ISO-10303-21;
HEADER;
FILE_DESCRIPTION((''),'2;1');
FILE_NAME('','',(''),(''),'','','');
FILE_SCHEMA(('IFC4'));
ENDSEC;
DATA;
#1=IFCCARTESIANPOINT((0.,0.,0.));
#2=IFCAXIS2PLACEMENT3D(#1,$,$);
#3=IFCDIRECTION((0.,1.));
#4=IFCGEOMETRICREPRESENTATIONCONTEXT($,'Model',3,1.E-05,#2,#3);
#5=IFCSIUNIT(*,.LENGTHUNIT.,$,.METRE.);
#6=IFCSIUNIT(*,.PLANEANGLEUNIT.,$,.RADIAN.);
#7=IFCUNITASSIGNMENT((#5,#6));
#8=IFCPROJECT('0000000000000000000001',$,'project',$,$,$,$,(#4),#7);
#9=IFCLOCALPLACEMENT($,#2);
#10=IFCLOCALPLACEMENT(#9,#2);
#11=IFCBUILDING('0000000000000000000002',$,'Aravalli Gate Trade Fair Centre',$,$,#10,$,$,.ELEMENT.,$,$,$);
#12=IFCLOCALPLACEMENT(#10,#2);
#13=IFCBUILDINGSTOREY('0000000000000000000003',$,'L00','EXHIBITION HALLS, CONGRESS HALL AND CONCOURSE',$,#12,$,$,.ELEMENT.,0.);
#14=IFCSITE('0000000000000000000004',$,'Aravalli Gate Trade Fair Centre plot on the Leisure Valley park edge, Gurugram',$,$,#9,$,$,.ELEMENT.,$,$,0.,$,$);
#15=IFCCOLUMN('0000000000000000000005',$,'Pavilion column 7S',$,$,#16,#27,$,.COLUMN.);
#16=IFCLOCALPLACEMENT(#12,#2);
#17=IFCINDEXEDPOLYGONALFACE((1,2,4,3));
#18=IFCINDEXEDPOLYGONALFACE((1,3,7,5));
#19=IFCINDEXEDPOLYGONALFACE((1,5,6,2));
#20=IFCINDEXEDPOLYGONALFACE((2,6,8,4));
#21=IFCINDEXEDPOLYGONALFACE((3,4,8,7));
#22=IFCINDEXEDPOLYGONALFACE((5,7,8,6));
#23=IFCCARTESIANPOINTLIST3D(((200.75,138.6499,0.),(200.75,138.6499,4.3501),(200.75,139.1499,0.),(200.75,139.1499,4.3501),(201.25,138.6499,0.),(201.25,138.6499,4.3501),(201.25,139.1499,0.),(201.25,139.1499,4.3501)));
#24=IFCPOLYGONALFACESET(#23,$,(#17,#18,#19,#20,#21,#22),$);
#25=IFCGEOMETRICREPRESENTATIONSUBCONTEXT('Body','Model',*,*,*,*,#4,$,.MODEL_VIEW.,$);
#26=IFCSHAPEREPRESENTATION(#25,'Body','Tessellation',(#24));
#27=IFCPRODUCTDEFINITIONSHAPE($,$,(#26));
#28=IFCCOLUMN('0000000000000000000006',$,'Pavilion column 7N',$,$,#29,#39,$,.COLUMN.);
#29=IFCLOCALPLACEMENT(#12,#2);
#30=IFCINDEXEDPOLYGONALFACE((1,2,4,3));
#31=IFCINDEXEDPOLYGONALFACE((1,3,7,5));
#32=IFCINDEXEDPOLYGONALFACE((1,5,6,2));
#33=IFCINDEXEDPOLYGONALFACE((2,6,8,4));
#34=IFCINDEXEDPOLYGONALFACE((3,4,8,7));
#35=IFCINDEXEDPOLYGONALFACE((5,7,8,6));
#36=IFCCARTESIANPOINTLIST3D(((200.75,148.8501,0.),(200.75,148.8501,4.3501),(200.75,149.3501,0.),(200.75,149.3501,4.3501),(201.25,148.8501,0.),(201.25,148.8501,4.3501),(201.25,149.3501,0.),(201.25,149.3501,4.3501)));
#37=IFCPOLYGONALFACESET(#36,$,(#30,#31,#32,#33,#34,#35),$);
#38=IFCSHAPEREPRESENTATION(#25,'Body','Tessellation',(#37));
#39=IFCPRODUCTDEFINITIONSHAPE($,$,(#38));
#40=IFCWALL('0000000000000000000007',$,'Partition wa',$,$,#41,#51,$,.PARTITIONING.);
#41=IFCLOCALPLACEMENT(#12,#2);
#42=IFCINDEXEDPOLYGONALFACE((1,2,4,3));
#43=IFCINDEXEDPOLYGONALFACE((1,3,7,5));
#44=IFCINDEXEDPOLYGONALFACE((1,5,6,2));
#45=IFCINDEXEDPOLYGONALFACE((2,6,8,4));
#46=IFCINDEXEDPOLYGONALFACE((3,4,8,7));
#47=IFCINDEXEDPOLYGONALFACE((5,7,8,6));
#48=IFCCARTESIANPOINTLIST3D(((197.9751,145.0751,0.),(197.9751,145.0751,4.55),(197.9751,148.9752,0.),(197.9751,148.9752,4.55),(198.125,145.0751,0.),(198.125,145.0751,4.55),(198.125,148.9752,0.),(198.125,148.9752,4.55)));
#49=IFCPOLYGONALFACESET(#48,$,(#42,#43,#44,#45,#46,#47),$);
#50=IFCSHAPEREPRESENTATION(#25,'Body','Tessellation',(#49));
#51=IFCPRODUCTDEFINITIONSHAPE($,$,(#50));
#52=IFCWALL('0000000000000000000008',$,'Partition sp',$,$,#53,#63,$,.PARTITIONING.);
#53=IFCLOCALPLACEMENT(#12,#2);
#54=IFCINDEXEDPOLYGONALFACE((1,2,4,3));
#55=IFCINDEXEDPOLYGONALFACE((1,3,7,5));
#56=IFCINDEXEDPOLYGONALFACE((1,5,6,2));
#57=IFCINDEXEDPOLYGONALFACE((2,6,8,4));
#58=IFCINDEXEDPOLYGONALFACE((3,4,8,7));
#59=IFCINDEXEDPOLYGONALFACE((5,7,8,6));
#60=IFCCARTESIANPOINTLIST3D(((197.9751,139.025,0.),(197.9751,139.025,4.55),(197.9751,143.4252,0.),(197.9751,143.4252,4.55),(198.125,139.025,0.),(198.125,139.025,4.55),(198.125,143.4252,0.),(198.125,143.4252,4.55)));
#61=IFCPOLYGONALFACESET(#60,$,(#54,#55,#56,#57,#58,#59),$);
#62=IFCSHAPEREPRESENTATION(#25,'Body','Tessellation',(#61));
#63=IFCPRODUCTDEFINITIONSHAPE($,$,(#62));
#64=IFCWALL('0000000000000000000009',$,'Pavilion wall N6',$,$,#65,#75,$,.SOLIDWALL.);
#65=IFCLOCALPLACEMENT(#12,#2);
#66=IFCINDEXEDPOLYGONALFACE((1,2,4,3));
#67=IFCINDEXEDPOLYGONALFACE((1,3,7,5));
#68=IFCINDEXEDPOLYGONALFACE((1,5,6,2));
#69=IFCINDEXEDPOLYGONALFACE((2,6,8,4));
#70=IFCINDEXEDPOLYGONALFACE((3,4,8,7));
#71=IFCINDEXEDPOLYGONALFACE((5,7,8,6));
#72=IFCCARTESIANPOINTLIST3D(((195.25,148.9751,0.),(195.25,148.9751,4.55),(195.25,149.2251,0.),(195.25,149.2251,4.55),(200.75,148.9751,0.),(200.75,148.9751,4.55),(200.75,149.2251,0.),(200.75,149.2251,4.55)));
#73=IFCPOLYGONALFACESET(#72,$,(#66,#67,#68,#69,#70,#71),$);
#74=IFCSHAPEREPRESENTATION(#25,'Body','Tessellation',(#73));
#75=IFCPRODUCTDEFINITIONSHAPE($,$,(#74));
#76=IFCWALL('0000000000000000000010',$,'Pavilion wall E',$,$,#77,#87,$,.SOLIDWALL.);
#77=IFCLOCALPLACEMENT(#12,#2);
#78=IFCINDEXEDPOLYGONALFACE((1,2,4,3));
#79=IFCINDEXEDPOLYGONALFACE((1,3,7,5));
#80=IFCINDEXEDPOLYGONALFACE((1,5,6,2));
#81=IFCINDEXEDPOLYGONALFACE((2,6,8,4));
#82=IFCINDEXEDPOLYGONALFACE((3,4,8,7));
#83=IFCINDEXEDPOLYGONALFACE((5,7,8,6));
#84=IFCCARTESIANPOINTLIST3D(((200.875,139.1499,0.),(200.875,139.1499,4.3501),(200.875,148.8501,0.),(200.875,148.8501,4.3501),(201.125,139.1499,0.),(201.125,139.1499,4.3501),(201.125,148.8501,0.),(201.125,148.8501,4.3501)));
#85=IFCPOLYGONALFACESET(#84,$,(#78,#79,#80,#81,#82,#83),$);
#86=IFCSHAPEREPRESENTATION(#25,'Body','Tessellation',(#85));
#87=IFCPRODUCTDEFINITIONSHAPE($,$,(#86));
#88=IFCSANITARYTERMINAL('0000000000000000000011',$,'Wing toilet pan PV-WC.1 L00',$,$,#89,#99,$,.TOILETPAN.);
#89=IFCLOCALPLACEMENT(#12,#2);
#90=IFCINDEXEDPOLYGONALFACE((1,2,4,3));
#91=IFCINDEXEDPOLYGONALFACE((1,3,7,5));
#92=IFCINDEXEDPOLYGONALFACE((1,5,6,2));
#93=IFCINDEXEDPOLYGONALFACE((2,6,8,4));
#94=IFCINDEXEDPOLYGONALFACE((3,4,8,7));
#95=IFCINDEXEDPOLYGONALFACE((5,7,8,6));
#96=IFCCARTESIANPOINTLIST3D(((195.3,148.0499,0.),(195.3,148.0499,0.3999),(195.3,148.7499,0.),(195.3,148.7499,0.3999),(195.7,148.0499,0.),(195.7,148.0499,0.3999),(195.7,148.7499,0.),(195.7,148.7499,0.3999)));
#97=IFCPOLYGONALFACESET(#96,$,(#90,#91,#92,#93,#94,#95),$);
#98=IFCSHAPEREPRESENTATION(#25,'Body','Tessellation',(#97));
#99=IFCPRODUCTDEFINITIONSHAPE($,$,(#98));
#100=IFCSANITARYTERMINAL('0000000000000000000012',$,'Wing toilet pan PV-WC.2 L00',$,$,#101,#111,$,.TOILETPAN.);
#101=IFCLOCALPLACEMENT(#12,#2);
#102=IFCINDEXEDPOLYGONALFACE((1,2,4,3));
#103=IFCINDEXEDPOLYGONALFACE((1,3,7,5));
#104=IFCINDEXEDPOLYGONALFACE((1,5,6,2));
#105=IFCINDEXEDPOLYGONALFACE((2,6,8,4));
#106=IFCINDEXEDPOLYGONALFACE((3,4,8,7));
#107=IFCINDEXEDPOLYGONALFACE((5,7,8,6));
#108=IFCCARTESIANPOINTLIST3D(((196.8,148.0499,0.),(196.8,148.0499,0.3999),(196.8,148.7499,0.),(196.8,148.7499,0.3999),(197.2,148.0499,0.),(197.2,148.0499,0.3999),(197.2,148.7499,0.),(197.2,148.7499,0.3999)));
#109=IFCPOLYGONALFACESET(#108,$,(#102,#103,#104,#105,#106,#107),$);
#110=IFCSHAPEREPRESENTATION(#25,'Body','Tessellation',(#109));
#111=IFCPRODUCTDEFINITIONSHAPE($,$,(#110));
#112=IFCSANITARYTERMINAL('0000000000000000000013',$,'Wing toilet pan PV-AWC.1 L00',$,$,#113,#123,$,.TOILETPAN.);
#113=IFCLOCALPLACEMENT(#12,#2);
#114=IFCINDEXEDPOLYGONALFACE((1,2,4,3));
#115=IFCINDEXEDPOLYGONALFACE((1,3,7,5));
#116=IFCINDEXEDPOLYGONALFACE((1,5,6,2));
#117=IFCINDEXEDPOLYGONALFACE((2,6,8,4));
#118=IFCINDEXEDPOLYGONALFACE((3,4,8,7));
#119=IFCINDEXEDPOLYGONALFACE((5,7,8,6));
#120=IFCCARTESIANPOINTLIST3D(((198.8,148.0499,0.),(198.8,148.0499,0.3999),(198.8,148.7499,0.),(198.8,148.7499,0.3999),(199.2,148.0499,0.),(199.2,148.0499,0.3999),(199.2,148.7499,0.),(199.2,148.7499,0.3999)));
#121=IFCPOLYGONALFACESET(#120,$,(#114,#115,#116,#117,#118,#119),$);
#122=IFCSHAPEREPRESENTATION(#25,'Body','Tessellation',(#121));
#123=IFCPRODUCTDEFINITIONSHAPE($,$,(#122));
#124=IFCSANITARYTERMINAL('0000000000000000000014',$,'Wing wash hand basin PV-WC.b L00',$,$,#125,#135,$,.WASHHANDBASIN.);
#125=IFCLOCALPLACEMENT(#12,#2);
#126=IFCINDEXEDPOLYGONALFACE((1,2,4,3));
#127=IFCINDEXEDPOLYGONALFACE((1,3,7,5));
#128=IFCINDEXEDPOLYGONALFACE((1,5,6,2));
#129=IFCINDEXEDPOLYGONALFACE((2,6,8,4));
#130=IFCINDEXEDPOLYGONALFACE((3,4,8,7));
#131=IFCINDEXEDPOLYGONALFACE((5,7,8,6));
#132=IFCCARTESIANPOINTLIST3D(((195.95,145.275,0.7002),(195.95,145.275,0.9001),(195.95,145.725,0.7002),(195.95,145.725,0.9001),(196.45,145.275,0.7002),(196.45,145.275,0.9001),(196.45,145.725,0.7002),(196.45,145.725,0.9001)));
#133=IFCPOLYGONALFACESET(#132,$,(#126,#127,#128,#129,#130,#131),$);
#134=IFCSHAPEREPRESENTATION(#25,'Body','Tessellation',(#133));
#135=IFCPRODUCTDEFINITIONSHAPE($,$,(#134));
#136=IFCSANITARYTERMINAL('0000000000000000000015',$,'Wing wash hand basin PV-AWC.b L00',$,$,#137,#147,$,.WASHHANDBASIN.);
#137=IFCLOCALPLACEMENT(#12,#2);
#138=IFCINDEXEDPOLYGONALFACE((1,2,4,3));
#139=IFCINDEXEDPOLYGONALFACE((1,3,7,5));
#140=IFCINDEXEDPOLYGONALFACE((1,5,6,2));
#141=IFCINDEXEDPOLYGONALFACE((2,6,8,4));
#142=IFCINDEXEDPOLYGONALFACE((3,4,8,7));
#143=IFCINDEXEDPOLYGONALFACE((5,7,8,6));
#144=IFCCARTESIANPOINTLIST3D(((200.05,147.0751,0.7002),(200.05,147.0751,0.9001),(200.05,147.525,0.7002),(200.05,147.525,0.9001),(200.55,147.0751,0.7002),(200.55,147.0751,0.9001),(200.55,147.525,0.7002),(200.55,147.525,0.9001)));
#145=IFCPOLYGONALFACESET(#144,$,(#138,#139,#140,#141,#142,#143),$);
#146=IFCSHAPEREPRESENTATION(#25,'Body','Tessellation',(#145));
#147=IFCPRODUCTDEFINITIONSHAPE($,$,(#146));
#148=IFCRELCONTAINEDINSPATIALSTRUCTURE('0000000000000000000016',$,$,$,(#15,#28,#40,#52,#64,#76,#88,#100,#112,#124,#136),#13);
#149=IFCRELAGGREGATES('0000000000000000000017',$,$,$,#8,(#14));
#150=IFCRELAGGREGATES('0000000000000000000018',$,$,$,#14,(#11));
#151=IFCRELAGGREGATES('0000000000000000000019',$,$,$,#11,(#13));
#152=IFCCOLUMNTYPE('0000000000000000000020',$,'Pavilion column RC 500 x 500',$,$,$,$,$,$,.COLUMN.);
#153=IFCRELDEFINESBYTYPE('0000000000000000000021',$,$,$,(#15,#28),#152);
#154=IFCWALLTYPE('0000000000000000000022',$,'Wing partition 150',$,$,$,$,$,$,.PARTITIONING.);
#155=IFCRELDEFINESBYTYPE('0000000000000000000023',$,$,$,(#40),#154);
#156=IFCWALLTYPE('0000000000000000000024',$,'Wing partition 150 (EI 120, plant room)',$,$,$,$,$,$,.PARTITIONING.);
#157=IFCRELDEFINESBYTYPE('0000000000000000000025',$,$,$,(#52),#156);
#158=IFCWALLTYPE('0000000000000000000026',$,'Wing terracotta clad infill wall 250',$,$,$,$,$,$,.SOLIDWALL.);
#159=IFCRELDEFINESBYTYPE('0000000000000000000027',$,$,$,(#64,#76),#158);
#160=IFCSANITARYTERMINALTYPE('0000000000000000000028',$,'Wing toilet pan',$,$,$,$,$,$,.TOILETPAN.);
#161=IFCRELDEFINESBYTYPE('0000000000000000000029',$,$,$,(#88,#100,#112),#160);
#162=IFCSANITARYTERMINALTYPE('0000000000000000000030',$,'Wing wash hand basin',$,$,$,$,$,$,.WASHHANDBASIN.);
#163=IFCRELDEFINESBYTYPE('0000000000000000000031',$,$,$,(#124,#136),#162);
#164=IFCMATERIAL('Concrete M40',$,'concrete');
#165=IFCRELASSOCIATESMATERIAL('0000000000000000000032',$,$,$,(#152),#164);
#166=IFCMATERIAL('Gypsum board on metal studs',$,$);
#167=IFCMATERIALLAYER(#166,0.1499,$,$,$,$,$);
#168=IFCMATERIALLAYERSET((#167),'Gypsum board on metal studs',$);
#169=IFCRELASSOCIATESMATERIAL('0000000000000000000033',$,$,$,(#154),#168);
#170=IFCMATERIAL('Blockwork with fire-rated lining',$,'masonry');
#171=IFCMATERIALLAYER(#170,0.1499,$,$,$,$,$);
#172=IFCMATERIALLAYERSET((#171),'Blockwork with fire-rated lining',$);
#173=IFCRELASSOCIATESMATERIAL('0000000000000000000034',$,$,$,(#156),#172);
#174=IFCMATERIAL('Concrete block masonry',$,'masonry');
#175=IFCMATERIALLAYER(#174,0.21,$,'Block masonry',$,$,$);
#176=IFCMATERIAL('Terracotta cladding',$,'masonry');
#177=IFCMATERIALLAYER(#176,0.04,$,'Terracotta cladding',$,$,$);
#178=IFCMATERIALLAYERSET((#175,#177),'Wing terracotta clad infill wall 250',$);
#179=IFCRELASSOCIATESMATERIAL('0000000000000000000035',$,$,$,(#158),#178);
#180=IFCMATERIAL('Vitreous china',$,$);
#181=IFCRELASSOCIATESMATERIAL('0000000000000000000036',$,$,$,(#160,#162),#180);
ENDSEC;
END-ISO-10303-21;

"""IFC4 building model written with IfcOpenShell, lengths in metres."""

from ifc_helpers import new_model, si_unit, direction, frame, frame_2d, origin, origin_2d, place, context, subcontext, project, spatial, rectangle, extrude, material, layer, layer_set, material_profile, profile_set, type_object, element, save


model = new_model("IFC4")

# Units and contexts
model_context = context("Model", 3, precision=1e-05, world=origin(), true_north=direction((0.0, 1.0)))
body_context = subcontext(model_context, "Body", "Model", "MODEL_VIEW")
ifc_project = project(units=[si_unit("LENGTHUNIT", "METRE"), si_unit("PLANEANGLEUNIT", "RADIAN")], contexts=[model_context])

# Site, building, storey
site_placement = place(None, origin())
site = spatial("IfcSite", under=ifc_project, at=site_placement, Name="Aravalli Gate Trade Fair Centre plot on the Leisure Valley park edge, Gurugram", CompositionType="ELEMENT", RefElevation=0.0)
building_placement = place(site_placement, origin())
building = spatial("IfcBuilding", under=site, at=building_placement, Name="Aravalli Gate Trade Fair Centre", CompositionType="ELEMENT")
storey_placement = place(building_placement, origin())
storey = spatial("IfcBuildingStorey", under=building, at=storey_placement, Name="L00", Description="EXHIBITION HALLS, CONGRESS HALL AND CONCOURSE", CompositionType="ELEMENT", Elevation=0.0)

# Columns
ifc_material_1 = material(Name="Concrete M40", Category="concrete")
ifc_material_profile = material_profile(ifc_material_1, rectangle(XDim=0.5, YDim=0.5, at=origin_2d()), Name="Pavilion column RC 500 x 500")
ifc_profile_set = profile_set([ifc_material_profile], Name="Concrete M40")
column_type = type_object("IfcColumnType", Name="Pavilion column RC 500 x 500", PredefinedType="COLUMN", material=ifc_profile_set)
for number, where, z_axis, x_axis, name in (
    (1, (201.0, 138.8999, 0.0), (0.0, 0.0, 1.0), (1.0, 0.0, 0.0), "Pavilion column 7S"),
    (2, (201.0, 149.1001, 0.0), (0.0, 0.0, 1.0), (1.0, 0.0, 0.0), "Pavilion column 7N"),
):
    element("IfcColumn", number, at=place(storey_placement, frame(where, z_axis=z_axis, x_axis=x_axis)), inside=storey, type_object=column_type, Name=name, PredefinedType="COLUMN", context=body_context, shape_type="SweptSolid", body=[
        extrude(rectangle(XDim=0.5, YDim=0.5, at=origin_2d()), origin(), (0.0, 0.0, 1.0), 4.3501),
    ])

# Walls
ifc_material_2 = material(Name="Gypsum board on metal studs")
ifc_layer_1 = layer(ifc_material_2, 0.1499)
ifc_layer_set_1 = layer_set([ifc_layer_1], Name="Gypsum board on metal studs")
wall_type_1 = type_object("IfcWallType", Name="Wing partition 150", PredefinedType="PARTITIONING", material=ifc_layer_set_1)
wall_1_placement = place(storey_placement, frame((198.05, 145.075, 0.0), z_axis=(0.0, 0.0, 1.0), x_axis=(0.0, 1.0, 0.0)))
element("IfcWall", 3, at=wall_1_placement, inside=storey, type_object=wall_type_1, Name="Partition wa", PredefinedType="PARTITIONING", context=body_context, shape_type="SweptSolid", body=[
    extrude(rectangle(XDim=3.9001, YDim=0.1499, at=frame_2d((1.9502, 0.0))), origin(), (0.0, 0.0, 1.0), 4.55),
])
ifc_material_3 = material(Name="Blockwork with fire-rated lining", Category="masonry")
ifc_layer_2 = layer(ifc_material_3, 0.1499)
ifc_layer_set_2 = layer_set([ifc_layer_2], Name="Blockwork with fire-rated lining")
wall_type_2 = type_object("IfcWallType", Name="Wing partition 150 (EI 120, plant room)", PredefinedType="PARTITIONING", material=ifc_layer_set_2)
wall_2_placement = place(storey_placement, frame((198.05, 139.0249, 0.0), z_axis=(0.0, 0.0, 1.0), x_axis=(0.0, 1.0, 0.0)))
element("IfcWall", 4, at=wall_2_placement, inside=storey, type_object=wall_type_2, Name="Partition sp", PredefinedType="PARTITIONING", context=body_context, shape_type="SweptSolid", body=[
    extrude(rectangle(XDim=4.4001, YDim=0.1499, at=frame_2d((2.2002, 0.0))), origin(), (0.0, 0.0, 1.0), 4.55),
])
ifc_material_4 = material(Name="Concrete block masonry", Category="masonry")
ifc_layer_3 = layer(ifc_material_4, 0.21, Name="Block masonry")
ifc_material_5 = material(Name="Terracotta cladding", Category="masonry")
ifc_layer_4 = layer(ifc_material_5, 0.04, Name="Terracotta cladding")
ifc_layer_set_3 = layer_set([ifc_layer_3, ifc_layer_4], Name="Wing terracotta clad infill wall 250")
wall_type_3 = type_object("IfcWallType", Name="Wing terracotta clad infill wall 250", PredefinedType="SOLIDWALL", material=ifc_layer_set_3)
wall_3_placement = place(storey_placement, frame((195.25, 149.1001, 0.0), z_axis=(0.0, 0.0, 1.0), x_axis=(1.0, 0.0, 0.0)))
element("IfcWall", 5, at=wall_3_placement, inside=storey, type_object=wall_type_3, Name="Pavilion wall N6", PredefinedType="SOLIDWALL", context=body_context, shape_type="SweptSolid", body=[
    extrude(rectangle(XDim=5.5, YDim=0.25, at=frame_2d((2.75, 0.0))), origin(), (0.0, 0.0, 1.0), 4.55),
])
wall_4_placement = place(storey_placement, frame((201.0, 139.1499, 0.0), z_axis=(0.0, 0.0, 1.0), x_axis=(0.0, 1.0, 0.0)))
element("IfcWall", 6, at=wall_4_placement, inside=storey, type_object=wall_type_3, Name="Pavilion wall E", PredefinedType="SOLIDWALL", context=body_context, shape_type="SweptSolid", body=[
    extrude(rectangle(XDim=9.7002, YDim=0.25, at=frame_2d((4.8501, 0.0))), origin(), (0.0, 0.0, 1.0), 4.3501),
])

# Sanitary terminals
ifc_material_6 = material(Name="Vitreous china")
sanitary_terminal_type_1 = type_object("IfcSanitaryTerminalType", Name="Wing toilet pan", PredefinedType="TOILETPAN", material=ifc_material_6)
for number, where, z_axis, x_axis, name in (
    (7, (195.5, 148.3999, 0.0), (0.0, 0.0, 1.0), (1.0, 0.0, 0.0), "Wing toilet pan PV-WC.1 L00"),
    (8, (197.0, 148.3999, 0.0), (0.0, 0.0, 1.0), (1.0, 0.0, 0.0), "Wing toilet pan PV-WC.2 L00"),
    (9, (199.0, 148.3999, 0.0), (0.0, 0.0, 1.0), (1.0, 0.0, 0.0), "Wing toilet pan PV-AWC.1 L00"),
):
    element("IfcSanitaryTerminal", number, at=place(storey_placement, frame(where, z_axis=z_axis, x_axis=x_axis)), inside=storey, type_object=sanitary_terminal_type_1, Name=name, PredefinedType="TOILETPAN", context=body_context, shape_type="SweptSolid", body=[
        extrude(rectangle(XDim=0.3999, YDim=0.7, at=origin_2d()), origin(), (0.0, 0.0, 1.0), 0.3999),
    ])
sanitary_terminal_type_2 = type_object("IfcSanitaryTerminalType", Name="Wing wash hand basin", PredefinedType="WASHHANDBASIN", material=ifc_material_6)
for number, where, z_axis, x_axis, name in (
    (10, (196.2, 145.5, 0.7002), (0.0, 0.0, 1.0), (1.0, 0.0, 0.0), "Wing wash hand basin PV-WC.b L00"),
    (11, (200.3, 147.3, 0.7002), (0.0, 0.0, 1.0), (1.0, 0.0, 0.0), "Wing wash hand basin PV-AWC.b L00"),
):
    element("IfcSanitaryTerminal", number, at=place(storey_placement, frame(where, z_axis=z_axis, x_axis=x_axis)), inside=storey, type_object=sanitary_terminal_type_2, Name=name, PredefinedType="WASHHANDBASIN", context=body_context, shape_type="SweptSolid", body=[
        extrude(rectangle(XDim=0.5, YDim=0.45, at=origin_2d()), origin(), (0.0, 0.0, 1.0), 0.2),
    ])

save(model, "model.ifc")
